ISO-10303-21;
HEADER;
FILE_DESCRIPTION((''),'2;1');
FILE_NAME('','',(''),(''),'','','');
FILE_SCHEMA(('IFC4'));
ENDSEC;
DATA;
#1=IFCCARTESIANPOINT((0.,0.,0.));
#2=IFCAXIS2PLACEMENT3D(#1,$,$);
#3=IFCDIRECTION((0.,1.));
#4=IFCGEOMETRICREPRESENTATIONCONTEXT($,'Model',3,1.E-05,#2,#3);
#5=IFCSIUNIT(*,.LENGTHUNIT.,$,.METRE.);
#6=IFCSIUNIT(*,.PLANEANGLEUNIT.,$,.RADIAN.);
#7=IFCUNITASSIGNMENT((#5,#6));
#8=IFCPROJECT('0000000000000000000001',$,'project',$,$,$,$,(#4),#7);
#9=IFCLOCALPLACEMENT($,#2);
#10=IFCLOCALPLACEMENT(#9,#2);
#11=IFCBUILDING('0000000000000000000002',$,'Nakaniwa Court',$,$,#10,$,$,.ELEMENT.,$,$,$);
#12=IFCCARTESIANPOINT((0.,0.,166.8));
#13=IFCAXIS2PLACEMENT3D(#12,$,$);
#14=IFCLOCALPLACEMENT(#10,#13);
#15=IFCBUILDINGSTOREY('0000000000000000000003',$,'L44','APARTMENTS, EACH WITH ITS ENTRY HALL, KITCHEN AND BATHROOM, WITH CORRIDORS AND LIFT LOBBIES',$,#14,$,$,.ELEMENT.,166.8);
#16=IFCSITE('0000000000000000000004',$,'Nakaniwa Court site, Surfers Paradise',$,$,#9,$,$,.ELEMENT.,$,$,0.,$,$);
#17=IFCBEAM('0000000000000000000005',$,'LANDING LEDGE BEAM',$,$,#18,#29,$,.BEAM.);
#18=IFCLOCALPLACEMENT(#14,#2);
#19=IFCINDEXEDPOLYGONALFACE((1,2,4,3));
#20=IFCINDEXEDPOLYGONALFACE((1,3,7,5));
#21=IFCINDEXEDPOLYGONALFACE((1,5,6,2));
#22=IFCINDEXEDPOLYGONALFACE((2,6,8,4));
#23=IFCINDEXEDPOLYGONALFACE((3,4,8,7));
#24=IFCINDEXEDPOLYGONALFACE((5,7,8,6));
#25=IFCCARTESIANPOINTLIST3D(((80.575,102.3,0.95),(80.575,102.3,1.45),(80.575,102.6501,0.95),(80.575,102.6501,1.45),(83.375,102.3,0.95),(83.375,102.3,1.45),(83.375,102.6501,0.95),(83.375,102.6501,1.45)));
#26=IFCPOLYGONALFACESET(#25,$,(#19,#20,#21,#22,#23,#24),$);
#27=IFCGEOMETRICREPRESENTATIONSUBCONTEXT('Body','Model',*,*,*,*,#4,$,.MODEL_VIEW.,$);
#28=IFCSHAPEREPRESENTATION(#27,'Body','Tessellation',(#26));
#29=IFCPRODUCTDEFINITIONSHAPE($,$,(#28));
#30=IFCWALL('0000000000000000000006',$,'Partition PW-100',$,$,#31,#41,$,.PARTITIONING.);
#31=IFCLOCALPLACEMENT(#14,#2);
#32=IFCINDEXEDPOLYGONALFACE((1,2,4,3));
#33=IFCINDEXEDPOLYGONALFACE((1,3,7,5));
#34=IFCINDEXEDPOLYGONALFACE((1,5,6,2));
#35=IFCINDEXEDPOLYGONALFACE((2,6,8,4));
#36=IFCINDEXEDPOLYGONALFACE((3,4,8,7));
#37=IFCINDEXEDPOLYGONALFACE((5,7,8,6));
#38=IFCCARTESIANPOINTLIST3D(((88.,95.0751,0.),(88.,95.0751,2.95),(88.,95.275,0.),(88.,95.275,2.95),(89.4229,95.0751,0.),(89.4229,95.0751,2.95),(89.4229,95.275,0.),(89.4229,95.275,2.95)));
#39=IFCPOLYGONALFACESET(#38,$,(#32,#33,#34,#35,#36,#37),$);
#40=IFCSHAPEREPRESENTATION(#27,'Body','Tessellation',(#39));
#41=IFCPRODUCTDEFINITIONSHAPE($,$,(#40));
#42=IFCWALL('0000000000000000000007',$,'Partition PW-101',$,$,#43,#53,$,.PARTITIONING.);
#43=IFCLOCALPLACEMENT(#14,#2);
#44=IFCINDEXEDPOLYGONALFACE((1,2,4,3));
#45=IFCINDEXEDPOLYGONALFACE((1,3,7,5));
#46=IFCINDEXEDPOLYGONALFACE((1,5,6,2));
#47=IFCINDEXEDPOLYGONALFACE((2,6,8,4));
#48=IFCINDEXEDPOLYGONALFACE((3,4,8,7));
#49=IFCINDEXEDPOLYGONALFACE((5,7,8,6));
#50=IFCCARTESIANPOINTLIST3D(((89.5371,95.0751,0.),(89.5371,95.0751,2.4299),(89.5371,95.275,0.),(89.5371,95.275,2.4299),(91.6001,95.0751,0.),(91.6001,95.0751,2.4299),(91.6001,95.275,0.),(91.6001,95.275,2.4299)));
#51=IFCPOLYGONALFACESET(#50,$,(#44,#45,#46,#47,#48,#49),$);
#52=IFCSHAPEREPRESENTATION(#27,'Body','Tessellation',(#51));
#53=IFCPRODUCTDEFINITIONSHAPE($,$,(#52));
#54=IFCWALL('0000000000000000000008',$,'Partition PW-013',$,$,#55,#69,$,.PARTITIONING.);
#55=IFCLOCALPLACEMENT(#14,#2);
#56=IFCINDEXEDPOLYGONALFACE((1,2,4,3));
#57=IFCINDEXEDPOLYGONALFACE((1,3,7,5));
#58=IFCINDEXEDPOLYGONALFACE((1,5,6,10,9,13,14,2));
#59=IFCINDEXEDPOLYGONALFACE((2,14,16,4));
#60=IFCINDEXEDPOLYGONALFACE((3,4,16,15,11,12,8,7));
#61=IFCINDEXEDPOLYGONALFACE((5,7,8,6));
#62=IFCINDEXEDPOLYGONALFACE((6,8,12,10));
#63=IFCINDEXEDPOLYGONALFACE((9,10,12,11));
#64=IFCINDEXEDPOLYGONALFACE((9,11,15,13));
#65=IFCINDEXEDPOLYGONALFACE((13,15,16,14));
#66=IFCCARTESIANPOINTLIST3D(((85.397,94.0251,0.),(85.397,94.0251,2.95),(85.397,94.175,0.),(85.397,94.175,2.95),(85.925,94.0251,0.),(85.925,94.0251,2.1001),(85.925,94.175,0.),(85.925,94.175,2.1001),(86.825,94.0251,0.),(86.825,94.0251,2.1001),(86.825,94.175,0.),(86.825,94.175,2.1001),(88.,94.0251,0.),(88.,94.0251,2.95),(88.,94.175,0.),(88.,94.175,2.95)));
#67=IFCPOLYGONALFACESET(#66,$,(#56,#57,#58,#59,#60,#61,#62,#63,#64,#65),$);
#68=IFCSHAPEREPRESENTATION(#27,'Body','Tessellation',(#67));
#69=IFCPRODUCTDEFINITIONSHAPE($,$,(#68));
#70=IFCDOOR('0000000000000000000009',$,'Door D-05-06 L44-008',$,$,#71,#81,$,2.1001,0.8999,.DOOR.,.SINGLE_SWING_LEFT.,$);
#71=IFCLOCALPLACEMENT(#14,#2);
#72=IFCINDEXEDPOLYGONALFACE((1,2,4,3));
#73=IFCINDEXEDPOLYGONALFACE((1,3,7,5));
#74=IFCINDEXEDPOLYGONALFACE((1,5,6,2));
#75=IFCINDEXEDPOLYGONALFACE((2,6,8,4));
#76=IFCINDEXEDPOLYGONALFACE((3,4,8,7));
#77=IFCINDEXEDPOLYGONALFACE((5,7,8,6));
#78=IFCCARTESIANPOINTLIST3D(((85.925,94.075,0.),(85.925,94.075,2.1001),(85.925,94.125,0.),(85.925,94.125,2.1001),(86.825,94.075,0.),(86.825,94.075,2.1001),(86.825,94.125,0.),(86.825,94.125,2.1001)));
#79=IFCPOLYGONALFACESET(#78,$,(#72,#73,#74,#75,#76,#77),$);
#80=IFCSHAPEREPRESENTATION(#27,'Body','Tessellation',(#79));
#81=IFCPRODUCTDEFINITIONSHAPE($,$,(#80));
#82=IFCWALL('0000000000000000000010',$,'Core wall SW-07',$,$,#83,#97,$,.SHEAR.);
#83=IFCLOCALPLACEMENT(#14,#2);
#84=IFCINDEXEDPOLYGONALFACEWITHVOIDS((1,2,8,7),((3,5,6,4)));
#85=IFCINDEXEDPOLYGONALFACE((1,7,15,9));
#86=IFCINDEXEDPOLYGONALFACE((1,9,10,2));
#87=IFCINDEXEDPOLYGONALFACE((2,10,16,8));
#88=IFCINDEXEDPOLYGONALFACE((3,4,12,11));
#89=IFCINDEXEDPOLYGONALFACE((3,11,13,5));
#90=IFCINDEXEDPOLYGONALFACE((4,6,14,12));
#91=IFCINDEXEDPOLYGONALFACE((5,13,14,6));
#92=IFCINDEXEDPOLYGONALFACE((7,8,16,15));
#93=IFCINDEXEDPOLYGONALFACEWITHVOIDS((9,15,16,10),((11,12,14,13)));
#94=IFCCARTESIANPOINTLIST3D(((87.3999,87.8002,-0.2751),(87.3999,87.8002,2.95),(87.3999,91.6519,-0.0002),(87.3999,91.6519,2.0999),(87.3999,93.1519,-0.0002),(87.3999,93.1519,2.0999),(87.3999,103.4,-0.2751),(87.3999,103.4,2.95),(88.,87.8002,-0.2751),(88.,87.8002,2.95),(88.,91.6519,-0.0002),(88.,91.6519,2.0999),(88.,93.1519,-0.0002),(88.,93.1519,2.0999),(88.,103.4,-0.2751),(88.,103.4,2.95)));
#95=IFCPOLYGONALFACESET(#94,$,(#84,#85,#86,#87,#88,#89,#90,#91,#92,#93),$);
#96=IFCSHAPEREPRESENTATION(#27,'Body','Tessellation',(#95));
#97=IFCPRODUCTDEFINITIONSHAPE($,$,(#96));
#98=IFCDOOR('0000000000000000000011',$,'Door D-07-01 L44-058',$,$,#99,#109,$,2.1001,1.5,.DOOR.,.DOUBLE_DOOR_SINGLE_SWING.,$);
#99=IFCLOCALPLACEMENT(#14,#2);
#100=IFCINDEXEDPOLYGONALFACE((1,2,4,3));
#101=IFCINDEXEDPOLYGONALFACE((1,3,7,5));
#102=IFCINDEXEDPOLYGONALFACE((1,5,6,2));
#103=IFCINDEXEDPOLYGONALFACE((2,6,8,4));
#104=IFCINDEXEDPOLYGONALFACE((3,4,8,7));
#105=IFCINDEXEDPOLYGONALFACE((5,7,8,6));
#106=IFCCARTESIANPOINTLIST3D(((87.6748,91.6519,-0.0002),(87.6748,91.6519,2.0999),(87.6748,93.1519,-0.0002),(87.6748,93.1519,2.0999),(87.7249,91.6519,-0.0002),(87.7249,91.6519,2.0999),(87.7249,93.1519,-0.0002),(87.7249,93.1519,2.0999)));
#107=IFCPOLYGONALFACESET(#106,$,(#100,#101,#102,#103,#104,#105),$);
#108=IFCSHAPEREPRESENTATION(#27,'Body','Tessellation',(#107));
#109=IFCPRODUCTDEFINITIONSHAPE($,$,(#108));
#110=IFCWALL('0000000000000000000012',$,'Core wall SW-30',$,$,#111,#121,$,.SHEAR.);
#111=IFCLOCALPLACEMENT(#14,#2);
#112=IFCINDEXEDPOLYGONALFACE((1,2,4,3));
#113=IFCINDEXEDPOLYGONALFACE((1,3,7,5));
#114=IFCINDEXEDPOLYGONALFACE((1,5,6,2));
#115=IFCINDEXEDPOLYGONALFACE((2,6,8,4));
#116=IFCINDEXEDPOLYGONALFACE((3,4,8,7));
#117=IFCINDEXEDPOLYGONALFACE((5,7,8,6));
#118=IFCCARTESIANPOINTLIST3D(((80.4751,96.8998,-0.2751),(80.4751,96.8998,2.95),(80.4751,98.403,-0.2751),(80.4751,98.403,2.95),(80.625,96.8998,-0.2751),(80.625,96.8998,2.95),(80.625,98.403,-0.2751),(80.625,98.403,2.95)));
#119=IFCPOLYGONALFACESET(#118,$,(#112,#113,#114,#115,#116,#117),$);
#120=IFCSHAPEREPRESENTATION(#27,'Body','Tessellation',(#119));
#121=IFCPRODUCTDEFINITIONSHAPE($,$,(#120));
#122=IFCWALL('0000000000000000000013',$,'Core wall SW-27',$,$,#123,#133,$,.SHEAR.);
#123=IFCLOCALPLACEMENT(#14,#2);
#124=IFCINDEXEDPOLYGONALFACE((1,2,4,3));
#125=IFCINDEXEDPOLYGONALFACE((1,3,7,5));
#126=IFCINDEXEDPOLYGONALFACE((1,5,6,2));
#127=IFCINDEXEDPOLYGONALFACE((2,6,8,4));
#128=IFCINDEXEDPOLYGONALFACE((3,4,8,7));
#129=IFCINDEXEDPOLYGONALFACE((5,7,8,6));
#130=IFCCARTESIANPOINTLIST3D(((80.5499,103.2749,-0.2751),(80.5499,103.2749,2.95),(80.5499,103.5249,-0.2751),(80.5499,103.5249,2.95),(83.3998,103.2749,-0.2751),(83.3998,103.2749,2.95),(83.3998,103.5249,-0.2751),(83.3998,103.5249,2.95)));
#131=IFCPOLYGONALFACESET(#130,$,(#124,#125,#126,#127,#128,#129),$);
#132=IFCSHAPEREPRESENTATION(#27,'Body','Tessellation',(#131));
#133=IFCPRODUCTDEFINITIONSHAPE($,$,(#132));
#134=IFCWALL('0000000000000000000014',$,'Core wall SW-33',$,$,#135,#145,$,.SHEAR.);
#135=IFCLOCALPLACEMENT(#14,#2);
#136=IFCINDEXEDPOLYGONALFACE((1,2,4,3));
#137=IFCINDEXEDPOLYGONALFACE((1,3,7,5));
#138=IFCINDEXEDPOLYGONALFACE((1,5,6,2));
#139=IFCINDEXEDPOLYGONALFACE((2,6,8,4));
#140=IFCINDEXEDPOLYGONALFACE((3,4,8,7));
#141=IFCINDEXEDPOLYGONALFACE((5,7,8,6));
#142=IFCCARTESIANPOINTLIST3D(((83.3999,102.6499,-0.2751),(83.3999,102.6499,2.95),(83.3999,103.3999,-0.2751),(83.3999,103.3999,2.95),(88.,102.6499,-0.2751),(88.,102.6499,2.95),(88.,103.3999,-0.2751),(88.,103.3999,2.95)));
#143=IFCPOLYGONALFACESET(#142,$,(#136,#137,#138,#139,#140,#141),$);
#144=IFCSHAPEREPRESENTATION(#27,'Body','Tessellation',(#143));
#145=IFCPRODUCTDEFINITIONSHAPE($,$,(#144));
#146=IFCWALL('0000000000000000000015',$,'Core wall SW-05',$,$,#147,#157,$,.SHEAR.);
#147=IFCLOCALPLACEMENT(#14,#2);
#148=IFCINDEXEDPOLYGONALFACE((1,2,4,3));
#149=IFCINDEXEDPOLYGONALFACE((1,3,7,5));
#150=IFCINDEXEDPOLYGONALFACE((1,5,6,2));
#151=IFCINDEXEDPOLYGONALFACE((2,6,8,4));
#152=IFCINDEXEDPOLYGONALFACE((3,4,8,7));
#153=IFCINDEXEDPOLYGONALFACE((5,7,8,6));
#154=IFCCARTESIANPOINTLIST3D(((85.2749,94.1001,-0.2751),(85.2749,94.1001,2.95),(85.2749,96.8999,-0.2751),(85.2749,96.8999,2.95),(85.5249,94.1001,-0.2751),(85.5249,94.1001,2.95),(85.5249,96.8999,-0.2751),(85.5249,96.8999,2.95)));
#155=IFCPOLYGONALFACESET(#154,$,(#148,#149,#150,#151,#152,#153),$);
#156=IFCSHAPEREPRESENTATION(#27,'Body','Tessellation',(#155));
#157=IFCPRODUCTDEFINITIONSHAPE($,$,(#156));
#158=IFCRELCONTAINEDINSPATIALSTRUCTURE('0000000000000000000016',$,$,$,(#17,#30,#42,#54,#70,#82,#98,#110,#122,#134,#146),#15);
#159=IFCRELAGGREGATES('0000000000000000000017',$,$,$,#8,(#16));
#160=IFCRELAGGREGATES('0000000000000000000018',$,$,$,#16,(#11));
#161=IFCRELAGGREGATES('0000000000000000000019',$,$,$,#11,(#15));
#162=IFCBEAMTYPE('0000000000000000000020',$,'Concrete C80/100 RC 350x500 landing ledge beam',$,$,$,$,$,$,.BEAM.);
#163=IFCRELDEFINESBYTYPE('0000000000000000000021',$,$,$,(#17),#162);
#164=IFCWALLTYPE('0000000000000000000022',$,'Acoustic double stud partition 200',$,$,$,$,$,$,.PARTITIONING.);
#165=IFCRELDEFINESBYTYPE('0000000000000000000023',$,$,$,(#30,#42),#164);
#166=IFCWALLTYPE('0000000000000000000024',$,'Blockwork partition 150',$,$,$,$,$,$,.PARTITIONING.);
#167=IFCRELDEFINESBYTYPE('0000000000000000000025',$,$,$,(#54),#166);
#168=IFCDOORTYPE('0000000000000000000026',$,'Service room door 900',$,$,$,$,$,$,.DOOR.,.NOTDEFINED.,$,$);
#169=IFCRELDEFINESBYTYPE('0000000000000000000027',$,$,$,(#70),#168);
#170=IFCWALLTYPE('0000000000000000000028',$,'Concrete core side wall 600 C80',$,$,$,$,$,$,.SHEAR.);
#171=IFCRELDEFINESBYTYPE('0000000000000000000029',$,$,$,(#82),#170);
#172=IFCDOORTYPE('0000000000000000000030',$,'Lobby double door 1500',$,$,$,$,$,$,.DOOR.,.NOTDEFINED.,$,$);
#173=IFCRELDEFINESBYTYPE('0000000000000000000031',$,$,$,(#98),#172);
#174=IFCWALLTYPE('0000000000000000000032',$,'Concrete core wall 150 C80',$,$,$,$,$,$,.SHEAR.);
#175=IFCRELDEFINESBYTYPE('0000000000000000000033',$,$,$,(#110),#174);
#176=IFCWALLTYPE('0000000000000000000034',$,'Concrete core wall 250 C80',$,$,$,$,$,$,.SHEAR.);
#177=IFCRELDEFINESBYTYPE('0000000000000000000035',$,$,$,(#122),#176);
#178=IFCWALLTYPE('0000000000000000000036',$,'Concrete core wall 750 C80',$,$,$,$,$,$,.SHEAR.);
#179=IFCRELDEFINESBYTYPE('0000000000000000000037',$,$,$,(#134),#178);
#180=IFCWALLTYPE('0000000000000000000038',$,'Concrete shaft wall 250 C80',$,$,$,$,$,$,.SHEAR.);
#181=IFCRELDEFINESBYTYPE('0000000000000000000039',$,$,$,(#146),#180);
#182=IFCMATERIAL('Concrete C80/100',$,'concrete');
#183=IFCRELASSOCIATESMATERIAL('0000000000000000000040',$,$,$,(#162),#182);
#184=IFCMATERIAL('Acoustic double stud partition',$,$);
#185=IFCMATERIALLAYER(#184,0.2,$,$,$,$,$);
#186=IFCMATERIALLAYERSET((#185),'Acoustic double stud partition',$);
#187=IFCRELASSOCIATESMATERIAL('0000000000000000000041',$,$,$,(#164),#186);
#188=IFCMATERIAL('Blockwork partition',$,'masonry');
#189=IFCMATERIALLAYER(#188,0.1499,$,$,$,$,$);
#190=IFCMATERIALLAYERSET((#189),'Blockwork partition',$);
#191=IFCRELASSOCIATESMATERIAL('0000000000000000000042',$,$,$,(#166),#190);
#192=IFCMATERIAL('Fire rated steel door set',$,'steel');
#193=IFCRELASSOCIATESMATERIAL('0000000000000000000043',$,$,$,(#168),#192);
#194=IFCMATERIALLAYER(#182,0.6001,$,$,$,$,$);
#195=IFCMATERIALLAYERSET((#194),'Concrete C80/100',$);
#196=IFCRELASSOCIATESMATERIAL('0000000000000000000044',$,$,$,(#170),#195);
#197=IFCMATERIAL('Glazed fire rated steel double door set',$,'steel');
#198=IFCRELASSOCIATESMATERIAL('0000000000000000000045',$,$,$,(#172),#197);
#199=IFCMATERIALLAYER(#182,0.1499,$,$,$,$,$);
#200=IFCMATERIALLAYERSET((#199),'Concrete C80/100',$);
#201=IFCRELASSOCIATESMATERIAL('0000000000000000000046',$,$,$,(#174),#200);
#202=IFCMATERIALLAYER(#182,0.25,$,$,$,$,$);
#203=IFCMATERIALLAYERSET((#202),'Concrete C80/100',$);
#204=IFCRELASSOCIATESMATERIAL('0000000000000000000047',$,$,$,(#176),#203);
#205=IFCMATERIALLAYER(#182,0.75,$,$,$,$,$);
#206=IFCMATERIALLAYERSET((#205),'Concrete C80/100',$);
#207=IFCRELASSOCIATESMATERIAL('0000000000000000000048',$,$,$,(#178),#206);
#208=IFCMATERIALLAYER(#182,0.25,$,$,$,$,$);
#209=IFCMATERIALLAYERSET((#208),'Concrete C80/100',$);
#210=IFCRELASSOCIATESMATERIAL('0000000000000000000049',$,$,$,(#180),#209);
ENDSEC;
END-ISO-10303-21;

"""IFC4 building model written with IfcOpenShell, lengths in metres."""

from ifc_helpers import new_model, si_unit, direction, frame, frame_2d, origin, origin_2d, place, context, subcontext, project, spatial, rectangle, extrude, material, layer, layer_set, material_profile, profile_set, type_object, element, fill, save


model = new_model("IFC4")

# Units and contexts
model_context = context("Model", 3, precision=1e-05, world=origin(), true_north=direction((0.0, 1.0)))
body_context = subcontext(model_context, "Body", "Model", "MODEL_VIEW")
ifc_project = project(units=[si_unit("LENGTHUNIT", "METRE"), si_unit("PLANEANGLEUNIT", "RADIAN")], contexts=[model_context])

# Site, building, storey
site_placement = place(None, origin())
site = spatial("IfcSite", under=ifc_project, at=site_placement, Name="Nakaniwa Court site, Surfers Paradise", CompositionType="ELEMENT", RefElevation=0.0)
building_placement = place(site_placement, origin())
building = spatial("IfcBuilding", under=site, at=building_placement, Name="Nakaniwa Court", CompositionType="ELEMENT")
storey_placement = place(building_placement, frame((0.0, 0.0, 166.8)))
storey = spatial("IfcBuildingStorey", under=building, at=storey_placement, Name="L44", Description="APARTMENTS, EACH WITH ITS ENTRY HALL, KITCHEN AND BATHROOM, WITH CORRIDORS AND LIFT LOBBIES", CompositionType="ELEMENT", Elevation=166.8)

# Beam
ifc_material_1 = material(Name="Concrete C80/100", Category="concrete")
ifc_material_profile = material_profile(ifc_material_1, rectangle(XDim=0.3501, YDim=0.5, at=origin_2d()), Name="Concrete C80/100 RC 350x500 landing ledge beam")
ifc_profile_set = profile_set([ifc_material_profile], Name="Concrete C80/100")
beam_type = type_object("IfcBeamType", Name="Concrete C80/100 RC 350x500 landing ledge beam", PredefinedType="BEAM", material=ifc_profile_set)
beam_placement = place(storey_placement, frame((80.575, 102.4751, 1.2), z_axis=(1.0, 0.0, 0.0), x_axis=(0.0, 1.0, 0.0)))
element("IfcBeam", 1, at=beam_placement, inside=storey, type_object=beam_type, Name="LANDING LEDGE BEAM", PredefinedType="BEAM", context=body_context, shape_type="SweptSolid", body=[
    extrude(rectangle(XDim=0.3501, YDim=0.5, at=origin_2d()), origin(), (0.0, 0.0, 1.0), 2.8),
])

# Walls
ifc_material_2 = material(Name="Acoustic double stud partition")
ifc_layer_1 = layer(ifc_material_2, 0.2)
ifc_layer_set_1 = layer_set([ifc_layer_1], Name="Acoustic double stud partition")
wall_type_1 = type_object("IfcWallType", Name="Acoustic double stud partition 200", PredefinedType="PARTITIONING", material=ifc_layer_set_1)
wall_1_placement = place(storey_placement, frame((88.0, 95.175, 0.0), z_axis=(0.0, 0.0, 1.0), x_axis=(1.0, 0.0, 0.0)))
element("IfcWall", 2, at=wall_1_placement, inside=storey, type_object=wall_type_1, Name="Partition PW-100", PredefinedType="PARTITIONING", context=body_context, shape_type="SweptSolid", body=[
    extrude(rectangle(XDim=1.4229, YDim=0.2, at=frame_2d((0.7114, 0.0))), origin(), (0.0, 0.0, 1.0), 2.95),
])
wall_2_placement = place(storey_placement, frame((89.5371, 95.175, 0.0), z_axis=(0.0, 0.0, 1.0), x_axis=(1.0, 0.0, 0.0)))
element("IfcWall", 3, at=wall_2_placement, inside=storey, type_object=wall_type_1, Name="Partition PW-101", PredefinedType="PARTITIONING", context=body_context, shape_type="SweptSolid", body=[
    extrude(rectangle(XDim=2.063, YDim=0.2, at=frame_2d((1.0315, 0.0))), origin(), (0.0, 0.0, 1.0), 2.4299),
])

# Walls, openings, doors
ifc_material_3 = material(Name="Blockwork partition", Category="masonry")
ifc_layer_2 = layer(ifc_material_3, 0.1499)
ifc_layer_set_2 = layer_set([ifc_layer_2], Name="Blockwork partition")
wall_type_2 = type_object("IfcWallType", Name="Blockwork partition 150", PredefinedType="PARTITIONING", material=ifc_layer_set_2)
wall_3_placement = place(storey_placement, frame((85.397, 94.1001, 0.0), z_axis=(0.0, 0.0, 1.0), x_axis=(1.0, 0.0, 0.0)))
wall_3 = element("IfcWall", 4, at=wall_3_placement, inside=storey, type_object=wall_type_2, Name="Partition PW-013", PredefinedType="PARTITIONING", context=body_context, shape_type="SweptSolid", body=[
    extrude(rectangle(XDim=2.603, YDim=0.1499, at=frame_2d((1.3015, 0.0))), origin(), (0.0, 0.0, 1.0), 2.95),
])
opening_1_placement = place(wall_3_placement, frame((0.5281, 0.0, 0.0)))
opening_1 = element("IfcOpeningElement", 5, at=opening_1_placement, cuts=wall_3, PredefinedType="OPENING", context=body_context, shape_type="SweptSolid", body=[
    extrude(rectangle(XDim=0.8999, YDim=2.1001, at=frame_2d((0.45, 1.05))), frame((0.0, 0.085, 0.0), z_axis=(0.0, -1.0, 0.0), x_axis=(1.0, 0.0, 0.0)), (0.0, 0.0, 1.0), 0.1699),
])
ifc_material_4 = material(Name="Fire rated steel door set", Category="steel")
door_type_1 = type_object("IfcDoorType", Name="Service room door 900", OperationType="NOTDEFINED", PredefinedType="DOOR", material=ifc_material_4)
door_1_placement = place(opening_1_placement, origin())
door_1 = element("IfcDoor", 6, at=door_1_placement, inside=storey, type_object=door_type_1, Name="Door D-05-06 L44-008", OperationType="SINGLE_SWING_LEFT", OverallHeight=2.1001, OverallWidth=0.8999, PredefinedType="DOOR", context=body_context, shape_type="SweptSolid", body=[
    extrude(rectangle(XDim=0.8999, YDim=2.1001, at=frame_2d((0.45, 1.05))), frame((0.0, 0.0249, 0.0), z_axis=(0.0, -1.0, 0.0), x_axis=(1.0, 0.0, 0.0)), (0.0, 0.0, 1.0), 0.05),
])
fill(opening_1, door_1)
ifc_layer_3 = layer(ifc_material_1, 0.6001)
ifc_layer_set_3 = layer_set([ifc_layer_3], Name="Concrete C80/100")
wall_type_3 = type_object("IfcWallType", Name="Concrete core side wall 600 C80", PredefinedType="SHEAR", material=ifc_layer_set_3)
wall_4_placement = place(storey_placement, frame((87.7, 103.3999, -0.2751), z_axis=(0.0, 0.0, 1.0), x_axis=(0.0, -1.0, 0.0)))
wall_4 = element("IfcWall", 7, at=wall_4_placement, inside=storey, type_object=wall_type_3, Name="Core wall SW-07", PredefinedType="SHEAR", context=body_context, shape_type="SweptSolid", body=[
    extrude(rectangle(XDim=15.5999, YDim=0.6001, at=frame_2d((7.7998, 0.0))), origin(), (0.0, 0.0, 1.0), 3.2251),
])
opening_2_placement = place(wall_4_placement, frame((10.248, 0.0, 0.2749)))
opening_2 = element("IfcOpeningElement", 8, at=opening_2_placement, cuts=wall_4, PredefinedType="OPENING", context=body_context, shape_type="SweptSolid", body=[
    extrude(rectangle(XDim=1.5, YDim=2.1001, at=frame_2d((0.75, 1.05))), frame((0.0, 0.3101, 0.0), z_axis=(0.0, -1.0, 0.0), x_axis=(1.0, 0.0, 0.0)), (0.0, 0.0, 1.0), 0.6201),
])
ifc_material_5 = material(Name="Glazed fire rated steel double door set", Category="steel")
door_type_2 = type_object("IfcDoorType", Name="Lobby double door 1500", OperationType="NOTDEFINED", PredefinedType="DOOR", material=ifc_material_5)
door_2_placement = place(opening_2_placement, origin())
door_2 = element("IfcDoor", 9, at=door_2_placement, inside=storey, type_object=door_type_2, Name="Door D-07-01 L44-058", OperationType="DOUBLE_DOOR_SINGLE_SWING", OverallHeight=2.1001, OverallWidth=1.5, PredefinedType="DOOR", context=body_context, shape_type="SweptSolid", body=[
    extrude(rectangle(XDim=1.5, YDim=2.1001, at=frame_2d((0.75, 1.05))), frame((0.0, 0.0249, 0.0), z_axis=(0.0, -1.0, 0.0), x_axis=(1.0, 0.0, 0.0)), (0.0, 0.0, 1.0), 0.05),
])
fill(opening_2, door_2)

# Walls
ifc_layer_4 = layer(ifc_material_1, 0.1499)
ifc_layer_set_4 = layer_set([ifc_layer_4], Name="Concrete C80/100")
wall_type_4 = type_object("IfcWallType", Name="Concrete core wall 150 C80", PredefinedType="SHEAR", material=ifc_layer_set_4)
wall_5_placement = place(storey_placement, frame((80.55, 96.8999, -0.2751), z_axis=(0.0, 0.0, 1.0), x_axis=(0.0, 1.0, 0.0)))
element("IfcWall", 10, at=wall_5_placement, inside=storey, type_object=wall_type_4, Name="Core wall SW-30", PredefinedType="SHEAR", context=body_context, shape_type="SweptSolid", body=[
    extrude(rectangle(XDim=1.5032, YDim=0.1499, at=frame_2d((0.7515, 0.0))), origin(), (0.0, 0.0, 1.0), 3.2251),
])
ifc_layer_5 = layer(ifc_material_1, 0.25)
ifc_layer_set_5 = layer_set([ifc_layer_5], Name="Concrete C80/100")
wall_type_5 = type_object("IfcWallType", Name="Concrete core wall 250 C80", PredefinedType="SHEAR", material=ifc_layer_set_5)
wall_6_placement = place(storey_placement, frame((80.55, 103.3999, -0.2751), z_axis=(0.0, 0.0, 1.0), x_axis=(1.0, 0.0, 0.0)))
element("IfcWall", 11, at=wall_6_placement, inside=storey, type_object=wall_type_5, Name="Core wall SW-27", PredefinedType="SHEAR", context=body_context, shape_type="SweptSolid", body=[
    extrude(rectangle(XDim=2.8499, YDim=0.25, at=frame_2d((1.4248, 0.0))), origin(), (0.0, 0.0, 1.0), 3.2251),
])
ifc_layer_6 = layer(ifc_material_1, 0.75)
ifc_layer_set_6 = layer_set([ifc_layer_6], Name="Concrete C80/100")
wall_type_6 = type_object("IfcWallType", Name="Concrete core wall 750 C80", PredefinedType="SHEAR", material=ifc_layer_set_6)
wall_7_placement = place(storey_placement, frame((83.3999, 103.0249, -0.2751), z_axis=(0.0, 0.0, 1.0), x_axis=(1.0, 0.0, 0.0)))
element("IfcWall", 12, at=wall_7_placement, inside=storey, type_object=wall_type_6, Name="Core wall SW-33", PredefinedType="SHEAR", context=body_context, shape_type="SweptSolid", body=[
    extrude(rectangle(XDim=4.6001, YDim=0.75, at=frame_2d((2.3, 0.0))), origin(), (0.0, 0.0, 1.0), 3.2251),
])
ifc_layer_7 = layer(ifc_material_1, 0.25)
ifc_layer_set_7 = layer_set([ifc_layer_7], Name="Concrete C80/100")
wall_type_7 = type_object("IfcWallType", Name="Concrete shaft wall 250 C80", PredefinedType="SHEAR", material=ifc_layer_set_7)
wall_8_placement = place(storey_placement, frame((85.3999, 94.1001, -0.2751), z_axis=(0.0, 0.0, 1.0), x_axis=(0.0, 1.0, 0.0)))
element("IfcWall", 13, at=wall_8_placement, inside=storey, type_object=wall_type_7, Name="Core wall SW-05", PredefinedType="SHEAR", context=body_context, shape_type="SweptSolid", body=[
    extrude(rectangle(XDim=2.7998, YDim=0.25, at=frame_2d((1.3999, 0.0))), origin(), (0.0, 0.0, 1.0), 3.2251),
])

save(model, "model.ifc")
